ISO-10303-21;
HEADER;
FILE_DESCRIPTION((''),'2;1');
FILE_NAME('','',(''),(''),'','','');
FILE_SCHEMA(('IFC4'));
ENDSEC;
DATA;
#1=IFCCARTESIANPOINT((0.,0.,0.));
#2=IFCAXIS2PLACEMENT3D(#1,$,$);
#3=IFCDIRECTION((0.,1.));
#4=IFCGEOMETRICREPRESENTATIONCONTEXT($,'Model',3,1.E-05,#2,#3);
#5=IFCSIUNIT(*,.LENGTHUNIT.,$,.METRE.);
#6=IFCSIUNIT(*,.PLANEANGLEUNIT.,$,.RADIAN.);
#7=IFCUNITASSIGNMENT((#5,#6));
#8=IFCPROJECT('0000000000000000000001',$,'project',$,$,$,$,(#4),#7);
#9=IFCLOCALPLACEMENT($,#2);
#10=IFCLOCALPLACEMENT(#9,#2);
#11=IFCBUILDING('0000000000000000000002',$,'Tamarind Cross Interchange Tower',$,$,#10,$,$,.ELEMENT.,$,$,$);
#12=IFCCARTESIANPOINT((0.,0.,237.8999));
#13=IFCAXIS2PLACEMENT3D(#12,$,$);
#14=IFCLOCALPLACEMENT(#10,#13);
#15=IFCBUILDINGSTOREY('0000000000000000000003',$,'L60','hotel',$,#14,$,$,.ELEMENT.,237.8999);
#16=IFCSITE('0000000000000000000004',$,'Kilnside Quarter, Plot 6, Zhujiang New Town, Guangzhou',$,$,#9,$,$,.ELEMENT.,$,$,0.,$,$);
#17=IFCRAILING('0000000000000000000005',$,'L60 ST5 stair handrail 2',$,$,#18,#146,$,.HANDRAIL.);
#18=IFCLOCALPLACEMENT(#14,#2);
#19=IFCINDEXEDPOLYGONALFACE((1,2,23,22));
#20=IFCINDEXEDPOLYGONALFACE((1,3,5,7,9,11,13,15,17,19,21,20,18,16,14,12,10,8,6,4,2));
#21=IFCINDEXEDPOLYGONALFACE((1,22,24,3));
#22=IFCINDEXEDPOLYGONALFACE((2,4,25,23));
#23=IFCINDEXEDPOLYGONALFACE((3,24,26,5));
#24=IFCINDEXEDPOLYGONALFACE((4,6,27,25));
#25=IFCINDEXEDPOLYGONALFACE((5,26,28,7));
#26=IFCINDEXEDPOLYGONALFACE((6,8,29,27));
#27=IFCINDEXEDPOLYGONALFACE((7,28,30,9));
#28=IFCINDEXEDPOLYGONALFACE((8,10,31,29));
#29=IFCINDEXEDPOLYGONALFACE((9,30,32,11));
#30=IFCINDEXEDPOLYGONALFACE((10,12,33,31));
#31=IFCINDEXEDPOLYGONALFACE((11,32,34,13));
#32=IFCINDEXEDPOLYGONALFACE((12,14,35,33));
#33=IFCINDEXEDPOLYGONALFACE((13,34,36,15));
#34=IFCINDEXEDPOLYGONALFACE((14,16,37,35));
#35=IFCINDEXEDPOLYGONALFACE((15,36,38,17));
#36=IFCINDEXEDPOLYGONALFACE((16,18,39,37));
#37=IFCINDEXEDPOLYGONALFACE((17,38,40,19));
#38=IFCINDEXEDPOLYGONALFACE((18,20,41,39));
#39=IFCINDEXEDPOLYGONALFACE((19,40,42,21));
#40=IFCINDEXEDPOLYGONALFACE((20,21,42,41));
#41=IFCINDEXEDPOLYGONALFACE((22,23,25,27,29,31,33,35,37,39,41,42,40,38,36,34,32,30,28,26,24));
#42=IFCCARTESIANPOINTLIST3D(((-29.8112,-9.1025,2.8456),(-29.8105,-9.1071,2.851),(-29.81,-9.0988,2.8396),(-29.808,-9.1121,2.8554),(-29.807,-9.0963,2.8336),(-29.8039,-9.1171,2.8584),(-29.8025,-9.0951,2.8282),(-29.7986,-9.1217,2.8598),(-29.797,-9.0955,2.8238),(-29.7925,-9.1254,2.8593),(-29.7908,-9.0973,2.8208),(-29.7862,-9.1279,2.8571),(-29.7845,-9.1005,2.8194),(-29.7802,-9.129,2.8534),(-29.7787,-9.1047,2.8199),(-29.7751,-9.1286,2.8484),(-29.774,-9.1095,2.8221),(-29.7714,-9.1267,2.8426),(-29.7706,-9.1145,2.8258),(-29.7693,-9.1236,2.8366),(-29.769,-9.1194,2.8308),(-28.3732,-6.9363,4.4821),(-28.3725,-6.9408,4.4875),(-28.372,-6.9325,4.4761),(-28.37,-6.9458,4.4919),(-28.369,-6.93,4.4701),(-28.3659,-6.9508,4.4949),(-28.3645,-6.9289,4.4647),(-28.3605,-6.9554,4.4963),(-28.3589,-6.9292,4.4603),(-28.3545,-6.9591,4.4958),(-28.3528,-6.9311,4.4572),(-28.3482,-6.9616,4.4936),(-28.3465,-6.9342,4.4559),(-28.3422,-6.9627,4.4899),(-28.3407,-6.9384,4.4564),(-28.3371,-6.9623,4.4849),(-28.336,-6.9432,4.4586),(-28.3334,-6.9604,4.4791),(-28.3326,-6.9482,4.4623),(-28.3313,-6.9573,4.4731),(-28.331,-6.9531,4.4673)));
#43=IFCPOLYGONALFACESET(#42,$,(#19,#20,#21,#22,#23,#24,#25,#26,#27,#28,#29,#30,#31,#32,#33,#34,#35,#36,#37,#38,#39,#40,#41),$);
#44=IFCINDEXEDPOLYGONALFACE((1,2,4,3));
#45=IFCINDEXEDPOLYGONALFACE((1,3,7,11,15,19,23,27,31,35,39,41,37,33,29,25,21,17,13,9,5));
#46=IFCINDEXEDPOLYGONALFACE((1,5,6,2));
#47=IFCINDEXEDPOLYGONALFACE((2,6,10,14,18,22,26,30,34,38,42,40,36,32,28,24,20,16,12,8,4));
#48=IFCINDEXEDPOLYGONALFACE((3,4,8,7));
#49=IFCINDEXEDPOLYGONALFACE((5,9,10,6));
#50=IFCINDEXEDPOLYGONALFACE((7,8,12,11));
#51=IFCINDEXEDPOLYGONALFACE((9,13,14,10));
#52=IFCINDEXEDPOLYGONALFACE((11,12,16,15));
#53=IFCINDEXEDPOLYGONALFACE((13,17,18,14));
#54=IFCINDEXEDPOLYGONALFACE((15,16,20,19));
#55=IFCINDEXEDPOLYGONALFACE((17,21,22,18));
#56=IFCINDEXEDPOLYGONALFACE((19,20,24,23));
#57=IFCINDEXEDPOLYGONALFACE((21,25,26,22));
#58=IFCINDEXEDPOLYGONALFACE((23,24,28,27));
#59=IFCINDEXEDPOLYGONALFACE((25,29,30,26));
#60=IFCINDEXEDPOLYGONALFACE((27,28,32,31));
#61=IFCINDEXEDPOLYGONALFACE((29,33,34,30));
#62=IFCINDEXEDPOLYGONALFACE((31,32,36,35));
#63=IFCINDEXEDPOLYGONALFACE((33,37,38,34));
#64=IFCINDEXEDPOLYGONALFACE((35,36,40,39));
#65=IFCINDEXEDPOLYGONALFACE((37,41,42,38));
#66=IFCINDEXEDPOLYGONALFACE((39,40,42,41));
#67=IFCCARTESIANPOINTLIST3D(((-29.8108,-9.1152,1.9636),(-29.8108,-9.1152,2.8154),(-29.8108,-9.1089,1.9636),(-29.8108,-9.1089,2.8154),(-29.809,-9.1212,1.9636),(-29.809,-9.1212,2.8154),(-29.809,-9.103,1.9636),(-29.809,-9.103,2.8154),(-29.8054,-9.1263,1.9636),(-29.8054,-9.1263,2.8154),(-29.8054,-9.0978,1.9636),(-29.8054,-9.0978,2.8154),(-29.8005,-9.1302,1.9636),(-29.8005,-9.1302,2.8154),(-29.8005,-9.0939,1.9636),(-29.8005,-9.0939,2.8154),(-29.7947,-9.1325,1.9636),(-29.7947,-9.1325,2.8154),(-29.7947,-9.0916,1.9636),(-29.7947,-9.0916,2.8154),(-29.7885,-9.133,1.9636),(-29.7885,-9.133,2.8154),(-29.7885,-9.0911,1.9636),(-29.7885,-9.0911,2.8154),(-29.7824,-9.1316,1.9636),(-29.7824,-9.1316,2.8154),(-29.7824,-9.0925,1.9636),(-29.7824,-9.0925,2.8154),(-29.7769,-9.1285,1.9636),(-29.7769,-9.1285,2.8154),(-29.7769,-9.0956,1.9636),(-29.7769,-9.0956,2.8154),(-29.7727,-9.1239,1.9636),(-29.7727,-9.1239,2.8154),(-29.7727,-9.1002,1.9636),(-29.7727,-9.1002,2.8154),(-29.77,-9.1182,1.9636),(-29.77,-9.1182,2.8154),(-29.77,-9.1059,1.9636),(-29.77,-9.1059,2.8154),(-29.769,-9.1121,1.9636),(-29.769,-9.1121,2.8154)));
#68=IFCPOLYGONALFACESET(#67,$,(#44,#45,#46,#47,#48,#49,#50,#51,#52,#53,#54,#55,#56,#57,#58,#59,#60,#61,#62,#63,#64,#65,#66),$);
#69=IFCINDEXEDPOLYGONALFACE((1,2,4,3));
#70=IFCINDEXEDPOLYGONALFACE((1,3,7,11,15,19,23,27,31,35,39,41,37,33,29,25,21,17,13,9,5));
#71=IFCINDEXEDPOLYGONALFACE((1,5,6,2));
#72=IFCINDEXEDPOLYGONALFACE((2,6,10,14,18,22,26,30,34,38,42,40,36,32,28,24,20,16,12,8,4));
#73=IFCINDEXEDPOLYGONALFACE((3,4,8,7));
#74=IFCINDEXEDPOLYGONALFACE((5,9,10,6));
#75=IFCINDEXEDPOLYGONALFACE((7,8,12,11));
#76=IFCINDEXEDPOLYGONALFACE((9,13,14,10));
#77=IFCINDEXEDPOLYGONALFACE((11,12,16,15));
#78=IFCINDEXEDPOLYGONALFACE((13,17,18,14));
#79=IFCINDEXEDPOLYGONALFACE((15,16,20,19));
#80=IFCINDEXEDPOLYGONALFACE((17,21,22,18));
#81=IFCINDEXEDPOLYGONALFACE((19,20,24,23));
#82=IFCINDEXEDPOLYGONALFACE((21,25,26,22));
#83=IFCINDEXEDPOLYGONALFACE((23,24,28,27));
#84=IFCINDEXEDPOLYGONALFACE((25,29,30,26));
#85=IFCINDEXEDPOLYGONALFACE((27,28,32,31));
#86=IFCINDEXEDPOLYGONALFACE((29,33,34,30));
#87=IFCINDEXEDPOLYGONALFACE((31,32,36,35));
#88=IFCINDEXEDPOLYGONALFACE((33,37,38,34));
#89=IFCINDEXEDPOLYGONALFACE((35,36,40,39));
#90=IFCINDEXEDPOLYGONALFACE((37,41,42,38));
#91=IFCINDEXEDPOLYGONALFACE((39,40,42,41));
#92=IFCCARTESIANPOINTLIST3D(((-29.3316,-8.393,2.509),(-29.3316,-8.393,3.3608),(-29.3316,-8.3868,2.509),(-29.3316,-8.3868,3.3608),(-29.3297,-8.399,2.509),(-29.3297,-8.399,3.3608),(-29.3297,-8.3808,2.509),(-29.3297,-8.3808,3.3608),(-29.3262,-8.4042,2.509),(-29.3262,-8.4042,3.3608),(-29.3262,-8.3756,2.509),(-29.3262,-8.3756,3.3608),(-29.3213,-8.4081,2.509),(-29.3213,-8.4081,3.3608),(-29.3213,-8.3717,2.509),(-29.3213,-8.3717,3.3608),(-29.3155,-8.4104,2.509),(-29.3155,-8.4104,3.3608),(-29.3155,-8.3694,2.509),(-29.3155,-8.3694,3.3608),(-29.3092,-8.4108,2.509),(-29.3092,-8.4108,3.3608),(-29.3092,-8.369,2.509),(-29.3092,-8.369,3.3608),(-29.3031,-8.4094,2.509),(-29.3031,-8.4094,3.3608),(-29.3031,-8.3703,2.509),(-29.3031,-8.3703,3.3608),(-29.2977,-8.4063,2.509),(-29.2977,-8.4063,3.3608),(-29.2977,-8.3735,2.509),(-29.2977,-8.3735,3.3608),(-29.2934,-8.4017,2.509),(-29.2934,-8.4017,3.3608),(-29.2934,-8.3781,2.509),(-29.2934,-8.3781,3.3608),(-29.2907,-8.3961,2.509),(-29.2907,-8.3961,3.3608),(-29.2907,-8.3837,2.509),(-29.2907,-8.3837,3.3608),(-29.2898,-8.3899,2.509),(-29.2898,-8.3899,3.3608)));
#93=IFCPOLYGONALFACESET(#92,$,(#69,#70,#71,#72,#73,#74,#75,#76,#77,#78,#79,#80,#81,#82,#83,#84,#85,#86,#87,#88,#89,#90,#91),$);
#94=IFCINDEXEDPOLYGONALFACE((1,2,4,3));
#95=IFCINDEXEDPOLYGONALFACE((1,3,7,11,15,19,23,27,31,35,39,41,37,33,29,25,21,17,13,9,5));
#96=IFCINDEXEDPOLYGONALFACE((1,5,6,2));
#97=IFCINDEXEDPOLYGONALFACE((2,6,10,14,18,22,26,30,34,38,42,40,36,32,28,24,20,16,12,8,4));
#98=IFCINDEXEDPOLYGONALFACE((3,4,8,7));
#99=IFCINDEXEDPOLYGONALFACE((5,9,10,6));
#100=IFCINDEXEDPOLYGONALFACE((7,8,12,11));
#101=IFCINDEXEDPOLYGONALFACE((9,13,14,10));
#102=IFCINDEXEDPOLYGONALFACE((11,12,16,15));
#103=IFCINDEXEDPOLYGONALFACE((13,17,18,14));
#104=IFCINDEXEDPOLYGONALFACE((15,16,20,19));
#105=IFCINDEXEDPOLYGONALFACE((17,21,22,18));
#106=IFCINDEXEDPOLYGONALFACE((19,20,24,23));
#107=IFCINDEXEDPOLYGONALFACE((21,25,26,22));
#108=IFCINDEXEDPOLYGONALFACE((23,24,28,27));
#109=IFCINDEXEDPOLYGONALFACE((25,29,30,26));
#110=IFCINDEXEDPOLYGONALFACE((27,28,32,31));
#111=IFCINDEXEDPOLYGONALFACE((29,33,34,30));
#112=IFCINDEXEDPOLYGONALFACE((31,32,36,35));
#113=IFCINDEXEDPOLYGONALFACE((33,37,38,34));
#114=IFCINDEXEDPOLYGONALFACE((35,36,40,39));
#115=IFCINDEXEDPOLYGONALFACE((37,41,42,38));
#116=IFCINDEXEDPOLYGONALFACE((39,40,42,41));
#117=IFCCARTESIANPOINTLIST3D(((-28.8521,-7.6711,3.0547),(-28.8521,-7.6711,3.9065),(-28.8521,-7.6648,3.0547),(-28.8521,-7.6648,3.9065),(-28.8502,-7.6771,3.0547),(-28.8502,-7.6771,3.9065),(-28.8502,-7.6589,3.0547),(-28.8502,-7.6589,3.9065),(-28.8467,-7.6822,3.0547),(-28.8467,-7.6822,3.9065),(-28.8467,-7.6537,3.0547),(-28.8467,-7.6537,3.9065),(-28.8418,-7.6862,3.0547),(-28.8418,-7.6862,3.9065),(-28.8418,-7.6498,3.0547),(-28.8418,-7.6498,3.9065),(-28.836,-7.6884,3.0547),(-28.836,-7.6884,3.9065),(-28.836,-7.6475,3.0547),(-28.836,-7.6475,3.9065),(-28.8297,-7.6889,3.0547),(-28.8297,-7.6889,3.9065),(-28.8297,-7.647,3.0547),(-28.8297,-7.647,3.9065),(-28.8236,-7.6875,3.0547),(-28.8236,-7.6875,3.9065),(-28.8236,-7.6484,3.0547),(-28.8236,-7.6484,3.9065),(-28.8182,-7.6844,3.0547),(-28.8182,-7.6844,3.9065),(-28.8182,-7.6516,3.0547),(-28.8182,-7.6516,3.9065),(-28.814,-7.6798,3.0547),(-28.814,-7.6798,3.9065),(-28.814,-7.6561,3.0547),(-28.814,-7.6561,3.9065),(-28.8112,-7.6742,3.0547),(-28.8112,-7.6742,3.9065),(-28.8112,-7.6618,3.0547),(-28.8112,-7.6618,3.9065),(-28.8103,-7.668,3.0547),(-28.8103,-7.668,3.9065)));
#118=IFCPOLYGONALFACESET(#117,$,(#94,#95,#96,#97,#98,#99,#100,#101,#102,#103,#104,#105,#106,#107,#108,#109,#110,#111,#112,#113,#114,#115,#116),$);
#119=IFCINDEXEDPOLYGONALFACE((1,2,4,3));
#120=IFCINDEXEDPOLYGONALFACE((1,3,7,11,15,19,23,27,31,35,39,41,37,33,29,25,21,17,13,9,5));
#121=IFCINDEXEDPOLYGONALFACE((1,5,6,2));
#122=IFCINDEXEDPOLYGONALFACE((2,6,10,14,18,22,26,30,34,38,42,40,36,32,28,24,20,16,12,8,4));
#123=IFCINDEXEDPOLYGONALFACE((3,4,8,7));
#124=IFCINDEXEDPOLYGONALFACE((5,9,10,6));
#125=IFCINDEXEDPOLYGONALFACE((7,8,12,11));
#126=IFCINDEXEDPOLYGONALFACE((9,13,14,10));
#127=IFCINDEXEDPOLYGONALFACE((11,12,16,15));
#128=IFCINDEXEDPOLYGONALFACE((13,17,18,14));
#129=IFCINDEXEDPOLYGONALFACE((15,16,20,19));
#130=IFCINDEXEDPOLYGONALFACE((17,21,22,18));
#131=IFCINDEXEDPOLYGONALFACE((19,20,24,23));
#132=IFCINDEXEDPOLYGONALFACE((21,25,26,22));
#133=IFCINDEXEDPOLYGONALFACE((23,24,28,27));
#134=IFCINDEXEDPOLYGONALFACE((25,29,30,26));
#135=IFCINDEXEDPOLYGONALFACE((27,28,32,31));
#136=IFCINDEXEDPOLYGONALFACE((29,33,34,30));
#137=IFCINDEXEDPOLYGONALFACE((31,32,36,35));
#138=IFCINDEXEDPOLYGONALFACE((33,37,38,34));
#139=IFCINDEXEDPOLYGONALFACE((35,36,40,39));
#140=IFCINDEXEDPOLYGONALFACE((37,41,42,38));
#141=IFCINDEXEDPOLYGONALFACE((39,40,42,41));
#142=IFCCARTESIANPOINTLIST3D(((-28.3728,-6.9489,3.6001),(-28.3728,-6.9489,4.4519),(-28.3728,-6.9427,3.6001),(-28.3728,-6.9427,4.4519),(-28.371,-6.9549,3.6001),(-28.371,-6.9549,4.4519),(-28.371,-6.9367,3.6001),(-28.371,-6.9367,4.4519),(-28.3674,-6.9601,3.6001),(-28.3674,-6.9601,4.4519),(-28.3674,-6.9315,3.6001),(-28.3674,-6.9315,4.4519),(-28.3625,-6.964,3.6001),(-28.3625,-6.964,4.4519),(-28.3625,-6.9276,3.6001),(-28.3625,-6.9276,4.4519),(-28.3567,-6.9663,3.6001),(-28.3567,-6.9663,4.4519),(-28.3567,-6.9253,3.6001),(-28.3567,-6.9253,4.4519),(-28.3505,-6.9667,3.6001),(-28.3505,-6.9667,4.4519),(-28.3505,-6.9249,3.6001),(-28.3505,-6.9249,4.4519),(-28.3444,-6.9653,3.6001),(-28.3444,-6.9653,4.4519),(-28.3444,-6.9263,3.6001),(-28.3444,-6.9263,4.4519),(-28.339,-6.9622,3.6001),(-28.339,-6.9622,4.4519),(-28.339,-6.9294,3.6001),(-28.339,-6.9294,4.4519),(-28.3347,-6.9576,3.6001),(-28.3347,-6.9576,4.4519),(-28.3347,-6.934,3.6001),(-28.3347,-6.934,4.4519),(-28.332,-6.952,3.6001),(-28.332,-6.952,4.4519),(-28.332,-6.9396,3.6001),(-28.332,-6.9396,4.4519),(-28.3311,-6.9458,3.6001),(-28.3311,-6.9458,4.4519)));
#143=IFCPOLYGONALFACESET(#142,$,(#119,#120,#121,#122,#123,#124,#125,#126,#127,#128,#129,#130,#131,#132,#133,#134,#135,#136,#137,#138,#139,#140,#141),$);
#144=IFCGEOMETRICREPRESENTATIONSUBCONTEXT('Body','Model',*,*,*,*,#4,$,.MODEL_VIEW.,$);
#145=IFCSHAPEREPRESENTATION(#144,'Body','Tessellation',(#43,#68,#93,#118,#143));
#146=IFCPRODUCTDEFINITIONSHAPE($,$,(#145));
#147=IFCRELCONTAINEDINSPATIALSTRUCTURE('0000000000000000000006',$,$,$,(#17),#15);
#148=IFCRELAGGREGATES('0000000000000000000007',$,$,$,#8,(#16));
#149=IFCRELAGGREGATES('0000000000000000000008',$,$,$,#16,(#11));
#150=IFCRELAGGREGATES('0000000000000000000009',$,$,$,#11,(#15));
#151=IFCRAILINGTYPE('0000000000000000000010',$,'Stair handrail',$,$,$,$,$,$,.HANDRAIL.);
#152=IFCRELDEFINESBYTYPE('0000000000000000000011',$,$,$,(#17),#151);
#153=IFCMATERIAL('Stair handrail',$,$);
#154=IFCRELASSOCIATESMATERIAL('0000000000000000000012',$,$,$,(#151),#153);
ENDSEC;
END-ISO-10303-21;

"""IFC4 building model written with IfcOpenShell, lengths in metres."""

from ifc_helpers import new_model, si_unit, direction, frame, origin, origin_2d, place, context, subcontext, project, spatial, circle, extrude, material, type_object, element, save


model = new_model("IFC4")

# Units and contexts
model_context = context("Model", 3, precision=1e-05, world=origin(), true_north=direction((0.0, 1.0)))
body_context = subcontext(model_context, "Body", "Model", "MODEL_VIEW")
ifc_project = project(units=[si_unit("LENGTHUNIT", "METRE"), si_unit("PLANEANGLEUNIT", "RADIAN")], contexts=[model_context])

# Site, building, storey
site_placement = place(None, origin())
site = spatial("IfcSite", under=ifc_project, at=site_placement, Name="Kilnside Quarter, Plot 6, Zhujiang New Town, Guangzhou", CompositionType="ELEMENT", RefElevation=0.0)
building_placement = place(site_placement, origin())
building = spatial("IfcBuilding", under=site, at=building_placement, Name="Tamarind Cross Interchange Tower", CompositionType="ELEMENT")
storey_placement = place(building_placement, frame((0.0, 0.0, 237.8999)))
storey = spatial("IfcBuildingStorey", under=building, at=storey_placement, Name="L60", Description="hotel", CompositionType="ELEMENT", Elevation=237.8999)

# Railing
ifc_material_1 = material(Name="Stair handrail")
railing_type_1 = type_object("IfcRailingType", Name="Stair handrail", PredefinedType="HANDRAIL", material=ifc_material_1)
railing_1_placement = place(storey_placement, frame((-29.79, -9.1121, 1.9636)))
element("IfcRailing", 1, at=railing_1_placement, inside=storey, type_object=railing_type_1, Name="L60 ST5 stair handrail 2", PredefinedType="HANDRAIL", context=body_context, shape_type="SweptSolid", body=[
    extrude(circle(Radius=0.0239, at=origin_2d()), frame((0.0, 0.0, 0.876), z_axis=(0.468061, 0.705112, 0.532668), x_axis=(-0.833147, 0.553052, 0.0)), (0.0, 0.0, 1.0), 3.0723),
    extrude(circle(Radius=0.021, at=origin_2d()), origin(), (0.0, 0.0, 1.0), 0.8518),
    extrude(circle(Radius=0.021, at=origin_2d()), frame((0.4792, 0.7222, 0.5454)), (0.0, 0.0, 1.0), 0.8518),
    extrude(circle(Radius=0.021, at=origin_2d()), frame((0.9587, 1.4441, 1.0911)), (0.0, 0.0, 1.0), 0.8518),
    extrude(circle(Radius=0.021, at=origin_2d()), frame((1.438, 2.1663, 1.6365)), (0.0, 0.0, 1.0), 0.8518),
])

save(model, "model.ifc")
